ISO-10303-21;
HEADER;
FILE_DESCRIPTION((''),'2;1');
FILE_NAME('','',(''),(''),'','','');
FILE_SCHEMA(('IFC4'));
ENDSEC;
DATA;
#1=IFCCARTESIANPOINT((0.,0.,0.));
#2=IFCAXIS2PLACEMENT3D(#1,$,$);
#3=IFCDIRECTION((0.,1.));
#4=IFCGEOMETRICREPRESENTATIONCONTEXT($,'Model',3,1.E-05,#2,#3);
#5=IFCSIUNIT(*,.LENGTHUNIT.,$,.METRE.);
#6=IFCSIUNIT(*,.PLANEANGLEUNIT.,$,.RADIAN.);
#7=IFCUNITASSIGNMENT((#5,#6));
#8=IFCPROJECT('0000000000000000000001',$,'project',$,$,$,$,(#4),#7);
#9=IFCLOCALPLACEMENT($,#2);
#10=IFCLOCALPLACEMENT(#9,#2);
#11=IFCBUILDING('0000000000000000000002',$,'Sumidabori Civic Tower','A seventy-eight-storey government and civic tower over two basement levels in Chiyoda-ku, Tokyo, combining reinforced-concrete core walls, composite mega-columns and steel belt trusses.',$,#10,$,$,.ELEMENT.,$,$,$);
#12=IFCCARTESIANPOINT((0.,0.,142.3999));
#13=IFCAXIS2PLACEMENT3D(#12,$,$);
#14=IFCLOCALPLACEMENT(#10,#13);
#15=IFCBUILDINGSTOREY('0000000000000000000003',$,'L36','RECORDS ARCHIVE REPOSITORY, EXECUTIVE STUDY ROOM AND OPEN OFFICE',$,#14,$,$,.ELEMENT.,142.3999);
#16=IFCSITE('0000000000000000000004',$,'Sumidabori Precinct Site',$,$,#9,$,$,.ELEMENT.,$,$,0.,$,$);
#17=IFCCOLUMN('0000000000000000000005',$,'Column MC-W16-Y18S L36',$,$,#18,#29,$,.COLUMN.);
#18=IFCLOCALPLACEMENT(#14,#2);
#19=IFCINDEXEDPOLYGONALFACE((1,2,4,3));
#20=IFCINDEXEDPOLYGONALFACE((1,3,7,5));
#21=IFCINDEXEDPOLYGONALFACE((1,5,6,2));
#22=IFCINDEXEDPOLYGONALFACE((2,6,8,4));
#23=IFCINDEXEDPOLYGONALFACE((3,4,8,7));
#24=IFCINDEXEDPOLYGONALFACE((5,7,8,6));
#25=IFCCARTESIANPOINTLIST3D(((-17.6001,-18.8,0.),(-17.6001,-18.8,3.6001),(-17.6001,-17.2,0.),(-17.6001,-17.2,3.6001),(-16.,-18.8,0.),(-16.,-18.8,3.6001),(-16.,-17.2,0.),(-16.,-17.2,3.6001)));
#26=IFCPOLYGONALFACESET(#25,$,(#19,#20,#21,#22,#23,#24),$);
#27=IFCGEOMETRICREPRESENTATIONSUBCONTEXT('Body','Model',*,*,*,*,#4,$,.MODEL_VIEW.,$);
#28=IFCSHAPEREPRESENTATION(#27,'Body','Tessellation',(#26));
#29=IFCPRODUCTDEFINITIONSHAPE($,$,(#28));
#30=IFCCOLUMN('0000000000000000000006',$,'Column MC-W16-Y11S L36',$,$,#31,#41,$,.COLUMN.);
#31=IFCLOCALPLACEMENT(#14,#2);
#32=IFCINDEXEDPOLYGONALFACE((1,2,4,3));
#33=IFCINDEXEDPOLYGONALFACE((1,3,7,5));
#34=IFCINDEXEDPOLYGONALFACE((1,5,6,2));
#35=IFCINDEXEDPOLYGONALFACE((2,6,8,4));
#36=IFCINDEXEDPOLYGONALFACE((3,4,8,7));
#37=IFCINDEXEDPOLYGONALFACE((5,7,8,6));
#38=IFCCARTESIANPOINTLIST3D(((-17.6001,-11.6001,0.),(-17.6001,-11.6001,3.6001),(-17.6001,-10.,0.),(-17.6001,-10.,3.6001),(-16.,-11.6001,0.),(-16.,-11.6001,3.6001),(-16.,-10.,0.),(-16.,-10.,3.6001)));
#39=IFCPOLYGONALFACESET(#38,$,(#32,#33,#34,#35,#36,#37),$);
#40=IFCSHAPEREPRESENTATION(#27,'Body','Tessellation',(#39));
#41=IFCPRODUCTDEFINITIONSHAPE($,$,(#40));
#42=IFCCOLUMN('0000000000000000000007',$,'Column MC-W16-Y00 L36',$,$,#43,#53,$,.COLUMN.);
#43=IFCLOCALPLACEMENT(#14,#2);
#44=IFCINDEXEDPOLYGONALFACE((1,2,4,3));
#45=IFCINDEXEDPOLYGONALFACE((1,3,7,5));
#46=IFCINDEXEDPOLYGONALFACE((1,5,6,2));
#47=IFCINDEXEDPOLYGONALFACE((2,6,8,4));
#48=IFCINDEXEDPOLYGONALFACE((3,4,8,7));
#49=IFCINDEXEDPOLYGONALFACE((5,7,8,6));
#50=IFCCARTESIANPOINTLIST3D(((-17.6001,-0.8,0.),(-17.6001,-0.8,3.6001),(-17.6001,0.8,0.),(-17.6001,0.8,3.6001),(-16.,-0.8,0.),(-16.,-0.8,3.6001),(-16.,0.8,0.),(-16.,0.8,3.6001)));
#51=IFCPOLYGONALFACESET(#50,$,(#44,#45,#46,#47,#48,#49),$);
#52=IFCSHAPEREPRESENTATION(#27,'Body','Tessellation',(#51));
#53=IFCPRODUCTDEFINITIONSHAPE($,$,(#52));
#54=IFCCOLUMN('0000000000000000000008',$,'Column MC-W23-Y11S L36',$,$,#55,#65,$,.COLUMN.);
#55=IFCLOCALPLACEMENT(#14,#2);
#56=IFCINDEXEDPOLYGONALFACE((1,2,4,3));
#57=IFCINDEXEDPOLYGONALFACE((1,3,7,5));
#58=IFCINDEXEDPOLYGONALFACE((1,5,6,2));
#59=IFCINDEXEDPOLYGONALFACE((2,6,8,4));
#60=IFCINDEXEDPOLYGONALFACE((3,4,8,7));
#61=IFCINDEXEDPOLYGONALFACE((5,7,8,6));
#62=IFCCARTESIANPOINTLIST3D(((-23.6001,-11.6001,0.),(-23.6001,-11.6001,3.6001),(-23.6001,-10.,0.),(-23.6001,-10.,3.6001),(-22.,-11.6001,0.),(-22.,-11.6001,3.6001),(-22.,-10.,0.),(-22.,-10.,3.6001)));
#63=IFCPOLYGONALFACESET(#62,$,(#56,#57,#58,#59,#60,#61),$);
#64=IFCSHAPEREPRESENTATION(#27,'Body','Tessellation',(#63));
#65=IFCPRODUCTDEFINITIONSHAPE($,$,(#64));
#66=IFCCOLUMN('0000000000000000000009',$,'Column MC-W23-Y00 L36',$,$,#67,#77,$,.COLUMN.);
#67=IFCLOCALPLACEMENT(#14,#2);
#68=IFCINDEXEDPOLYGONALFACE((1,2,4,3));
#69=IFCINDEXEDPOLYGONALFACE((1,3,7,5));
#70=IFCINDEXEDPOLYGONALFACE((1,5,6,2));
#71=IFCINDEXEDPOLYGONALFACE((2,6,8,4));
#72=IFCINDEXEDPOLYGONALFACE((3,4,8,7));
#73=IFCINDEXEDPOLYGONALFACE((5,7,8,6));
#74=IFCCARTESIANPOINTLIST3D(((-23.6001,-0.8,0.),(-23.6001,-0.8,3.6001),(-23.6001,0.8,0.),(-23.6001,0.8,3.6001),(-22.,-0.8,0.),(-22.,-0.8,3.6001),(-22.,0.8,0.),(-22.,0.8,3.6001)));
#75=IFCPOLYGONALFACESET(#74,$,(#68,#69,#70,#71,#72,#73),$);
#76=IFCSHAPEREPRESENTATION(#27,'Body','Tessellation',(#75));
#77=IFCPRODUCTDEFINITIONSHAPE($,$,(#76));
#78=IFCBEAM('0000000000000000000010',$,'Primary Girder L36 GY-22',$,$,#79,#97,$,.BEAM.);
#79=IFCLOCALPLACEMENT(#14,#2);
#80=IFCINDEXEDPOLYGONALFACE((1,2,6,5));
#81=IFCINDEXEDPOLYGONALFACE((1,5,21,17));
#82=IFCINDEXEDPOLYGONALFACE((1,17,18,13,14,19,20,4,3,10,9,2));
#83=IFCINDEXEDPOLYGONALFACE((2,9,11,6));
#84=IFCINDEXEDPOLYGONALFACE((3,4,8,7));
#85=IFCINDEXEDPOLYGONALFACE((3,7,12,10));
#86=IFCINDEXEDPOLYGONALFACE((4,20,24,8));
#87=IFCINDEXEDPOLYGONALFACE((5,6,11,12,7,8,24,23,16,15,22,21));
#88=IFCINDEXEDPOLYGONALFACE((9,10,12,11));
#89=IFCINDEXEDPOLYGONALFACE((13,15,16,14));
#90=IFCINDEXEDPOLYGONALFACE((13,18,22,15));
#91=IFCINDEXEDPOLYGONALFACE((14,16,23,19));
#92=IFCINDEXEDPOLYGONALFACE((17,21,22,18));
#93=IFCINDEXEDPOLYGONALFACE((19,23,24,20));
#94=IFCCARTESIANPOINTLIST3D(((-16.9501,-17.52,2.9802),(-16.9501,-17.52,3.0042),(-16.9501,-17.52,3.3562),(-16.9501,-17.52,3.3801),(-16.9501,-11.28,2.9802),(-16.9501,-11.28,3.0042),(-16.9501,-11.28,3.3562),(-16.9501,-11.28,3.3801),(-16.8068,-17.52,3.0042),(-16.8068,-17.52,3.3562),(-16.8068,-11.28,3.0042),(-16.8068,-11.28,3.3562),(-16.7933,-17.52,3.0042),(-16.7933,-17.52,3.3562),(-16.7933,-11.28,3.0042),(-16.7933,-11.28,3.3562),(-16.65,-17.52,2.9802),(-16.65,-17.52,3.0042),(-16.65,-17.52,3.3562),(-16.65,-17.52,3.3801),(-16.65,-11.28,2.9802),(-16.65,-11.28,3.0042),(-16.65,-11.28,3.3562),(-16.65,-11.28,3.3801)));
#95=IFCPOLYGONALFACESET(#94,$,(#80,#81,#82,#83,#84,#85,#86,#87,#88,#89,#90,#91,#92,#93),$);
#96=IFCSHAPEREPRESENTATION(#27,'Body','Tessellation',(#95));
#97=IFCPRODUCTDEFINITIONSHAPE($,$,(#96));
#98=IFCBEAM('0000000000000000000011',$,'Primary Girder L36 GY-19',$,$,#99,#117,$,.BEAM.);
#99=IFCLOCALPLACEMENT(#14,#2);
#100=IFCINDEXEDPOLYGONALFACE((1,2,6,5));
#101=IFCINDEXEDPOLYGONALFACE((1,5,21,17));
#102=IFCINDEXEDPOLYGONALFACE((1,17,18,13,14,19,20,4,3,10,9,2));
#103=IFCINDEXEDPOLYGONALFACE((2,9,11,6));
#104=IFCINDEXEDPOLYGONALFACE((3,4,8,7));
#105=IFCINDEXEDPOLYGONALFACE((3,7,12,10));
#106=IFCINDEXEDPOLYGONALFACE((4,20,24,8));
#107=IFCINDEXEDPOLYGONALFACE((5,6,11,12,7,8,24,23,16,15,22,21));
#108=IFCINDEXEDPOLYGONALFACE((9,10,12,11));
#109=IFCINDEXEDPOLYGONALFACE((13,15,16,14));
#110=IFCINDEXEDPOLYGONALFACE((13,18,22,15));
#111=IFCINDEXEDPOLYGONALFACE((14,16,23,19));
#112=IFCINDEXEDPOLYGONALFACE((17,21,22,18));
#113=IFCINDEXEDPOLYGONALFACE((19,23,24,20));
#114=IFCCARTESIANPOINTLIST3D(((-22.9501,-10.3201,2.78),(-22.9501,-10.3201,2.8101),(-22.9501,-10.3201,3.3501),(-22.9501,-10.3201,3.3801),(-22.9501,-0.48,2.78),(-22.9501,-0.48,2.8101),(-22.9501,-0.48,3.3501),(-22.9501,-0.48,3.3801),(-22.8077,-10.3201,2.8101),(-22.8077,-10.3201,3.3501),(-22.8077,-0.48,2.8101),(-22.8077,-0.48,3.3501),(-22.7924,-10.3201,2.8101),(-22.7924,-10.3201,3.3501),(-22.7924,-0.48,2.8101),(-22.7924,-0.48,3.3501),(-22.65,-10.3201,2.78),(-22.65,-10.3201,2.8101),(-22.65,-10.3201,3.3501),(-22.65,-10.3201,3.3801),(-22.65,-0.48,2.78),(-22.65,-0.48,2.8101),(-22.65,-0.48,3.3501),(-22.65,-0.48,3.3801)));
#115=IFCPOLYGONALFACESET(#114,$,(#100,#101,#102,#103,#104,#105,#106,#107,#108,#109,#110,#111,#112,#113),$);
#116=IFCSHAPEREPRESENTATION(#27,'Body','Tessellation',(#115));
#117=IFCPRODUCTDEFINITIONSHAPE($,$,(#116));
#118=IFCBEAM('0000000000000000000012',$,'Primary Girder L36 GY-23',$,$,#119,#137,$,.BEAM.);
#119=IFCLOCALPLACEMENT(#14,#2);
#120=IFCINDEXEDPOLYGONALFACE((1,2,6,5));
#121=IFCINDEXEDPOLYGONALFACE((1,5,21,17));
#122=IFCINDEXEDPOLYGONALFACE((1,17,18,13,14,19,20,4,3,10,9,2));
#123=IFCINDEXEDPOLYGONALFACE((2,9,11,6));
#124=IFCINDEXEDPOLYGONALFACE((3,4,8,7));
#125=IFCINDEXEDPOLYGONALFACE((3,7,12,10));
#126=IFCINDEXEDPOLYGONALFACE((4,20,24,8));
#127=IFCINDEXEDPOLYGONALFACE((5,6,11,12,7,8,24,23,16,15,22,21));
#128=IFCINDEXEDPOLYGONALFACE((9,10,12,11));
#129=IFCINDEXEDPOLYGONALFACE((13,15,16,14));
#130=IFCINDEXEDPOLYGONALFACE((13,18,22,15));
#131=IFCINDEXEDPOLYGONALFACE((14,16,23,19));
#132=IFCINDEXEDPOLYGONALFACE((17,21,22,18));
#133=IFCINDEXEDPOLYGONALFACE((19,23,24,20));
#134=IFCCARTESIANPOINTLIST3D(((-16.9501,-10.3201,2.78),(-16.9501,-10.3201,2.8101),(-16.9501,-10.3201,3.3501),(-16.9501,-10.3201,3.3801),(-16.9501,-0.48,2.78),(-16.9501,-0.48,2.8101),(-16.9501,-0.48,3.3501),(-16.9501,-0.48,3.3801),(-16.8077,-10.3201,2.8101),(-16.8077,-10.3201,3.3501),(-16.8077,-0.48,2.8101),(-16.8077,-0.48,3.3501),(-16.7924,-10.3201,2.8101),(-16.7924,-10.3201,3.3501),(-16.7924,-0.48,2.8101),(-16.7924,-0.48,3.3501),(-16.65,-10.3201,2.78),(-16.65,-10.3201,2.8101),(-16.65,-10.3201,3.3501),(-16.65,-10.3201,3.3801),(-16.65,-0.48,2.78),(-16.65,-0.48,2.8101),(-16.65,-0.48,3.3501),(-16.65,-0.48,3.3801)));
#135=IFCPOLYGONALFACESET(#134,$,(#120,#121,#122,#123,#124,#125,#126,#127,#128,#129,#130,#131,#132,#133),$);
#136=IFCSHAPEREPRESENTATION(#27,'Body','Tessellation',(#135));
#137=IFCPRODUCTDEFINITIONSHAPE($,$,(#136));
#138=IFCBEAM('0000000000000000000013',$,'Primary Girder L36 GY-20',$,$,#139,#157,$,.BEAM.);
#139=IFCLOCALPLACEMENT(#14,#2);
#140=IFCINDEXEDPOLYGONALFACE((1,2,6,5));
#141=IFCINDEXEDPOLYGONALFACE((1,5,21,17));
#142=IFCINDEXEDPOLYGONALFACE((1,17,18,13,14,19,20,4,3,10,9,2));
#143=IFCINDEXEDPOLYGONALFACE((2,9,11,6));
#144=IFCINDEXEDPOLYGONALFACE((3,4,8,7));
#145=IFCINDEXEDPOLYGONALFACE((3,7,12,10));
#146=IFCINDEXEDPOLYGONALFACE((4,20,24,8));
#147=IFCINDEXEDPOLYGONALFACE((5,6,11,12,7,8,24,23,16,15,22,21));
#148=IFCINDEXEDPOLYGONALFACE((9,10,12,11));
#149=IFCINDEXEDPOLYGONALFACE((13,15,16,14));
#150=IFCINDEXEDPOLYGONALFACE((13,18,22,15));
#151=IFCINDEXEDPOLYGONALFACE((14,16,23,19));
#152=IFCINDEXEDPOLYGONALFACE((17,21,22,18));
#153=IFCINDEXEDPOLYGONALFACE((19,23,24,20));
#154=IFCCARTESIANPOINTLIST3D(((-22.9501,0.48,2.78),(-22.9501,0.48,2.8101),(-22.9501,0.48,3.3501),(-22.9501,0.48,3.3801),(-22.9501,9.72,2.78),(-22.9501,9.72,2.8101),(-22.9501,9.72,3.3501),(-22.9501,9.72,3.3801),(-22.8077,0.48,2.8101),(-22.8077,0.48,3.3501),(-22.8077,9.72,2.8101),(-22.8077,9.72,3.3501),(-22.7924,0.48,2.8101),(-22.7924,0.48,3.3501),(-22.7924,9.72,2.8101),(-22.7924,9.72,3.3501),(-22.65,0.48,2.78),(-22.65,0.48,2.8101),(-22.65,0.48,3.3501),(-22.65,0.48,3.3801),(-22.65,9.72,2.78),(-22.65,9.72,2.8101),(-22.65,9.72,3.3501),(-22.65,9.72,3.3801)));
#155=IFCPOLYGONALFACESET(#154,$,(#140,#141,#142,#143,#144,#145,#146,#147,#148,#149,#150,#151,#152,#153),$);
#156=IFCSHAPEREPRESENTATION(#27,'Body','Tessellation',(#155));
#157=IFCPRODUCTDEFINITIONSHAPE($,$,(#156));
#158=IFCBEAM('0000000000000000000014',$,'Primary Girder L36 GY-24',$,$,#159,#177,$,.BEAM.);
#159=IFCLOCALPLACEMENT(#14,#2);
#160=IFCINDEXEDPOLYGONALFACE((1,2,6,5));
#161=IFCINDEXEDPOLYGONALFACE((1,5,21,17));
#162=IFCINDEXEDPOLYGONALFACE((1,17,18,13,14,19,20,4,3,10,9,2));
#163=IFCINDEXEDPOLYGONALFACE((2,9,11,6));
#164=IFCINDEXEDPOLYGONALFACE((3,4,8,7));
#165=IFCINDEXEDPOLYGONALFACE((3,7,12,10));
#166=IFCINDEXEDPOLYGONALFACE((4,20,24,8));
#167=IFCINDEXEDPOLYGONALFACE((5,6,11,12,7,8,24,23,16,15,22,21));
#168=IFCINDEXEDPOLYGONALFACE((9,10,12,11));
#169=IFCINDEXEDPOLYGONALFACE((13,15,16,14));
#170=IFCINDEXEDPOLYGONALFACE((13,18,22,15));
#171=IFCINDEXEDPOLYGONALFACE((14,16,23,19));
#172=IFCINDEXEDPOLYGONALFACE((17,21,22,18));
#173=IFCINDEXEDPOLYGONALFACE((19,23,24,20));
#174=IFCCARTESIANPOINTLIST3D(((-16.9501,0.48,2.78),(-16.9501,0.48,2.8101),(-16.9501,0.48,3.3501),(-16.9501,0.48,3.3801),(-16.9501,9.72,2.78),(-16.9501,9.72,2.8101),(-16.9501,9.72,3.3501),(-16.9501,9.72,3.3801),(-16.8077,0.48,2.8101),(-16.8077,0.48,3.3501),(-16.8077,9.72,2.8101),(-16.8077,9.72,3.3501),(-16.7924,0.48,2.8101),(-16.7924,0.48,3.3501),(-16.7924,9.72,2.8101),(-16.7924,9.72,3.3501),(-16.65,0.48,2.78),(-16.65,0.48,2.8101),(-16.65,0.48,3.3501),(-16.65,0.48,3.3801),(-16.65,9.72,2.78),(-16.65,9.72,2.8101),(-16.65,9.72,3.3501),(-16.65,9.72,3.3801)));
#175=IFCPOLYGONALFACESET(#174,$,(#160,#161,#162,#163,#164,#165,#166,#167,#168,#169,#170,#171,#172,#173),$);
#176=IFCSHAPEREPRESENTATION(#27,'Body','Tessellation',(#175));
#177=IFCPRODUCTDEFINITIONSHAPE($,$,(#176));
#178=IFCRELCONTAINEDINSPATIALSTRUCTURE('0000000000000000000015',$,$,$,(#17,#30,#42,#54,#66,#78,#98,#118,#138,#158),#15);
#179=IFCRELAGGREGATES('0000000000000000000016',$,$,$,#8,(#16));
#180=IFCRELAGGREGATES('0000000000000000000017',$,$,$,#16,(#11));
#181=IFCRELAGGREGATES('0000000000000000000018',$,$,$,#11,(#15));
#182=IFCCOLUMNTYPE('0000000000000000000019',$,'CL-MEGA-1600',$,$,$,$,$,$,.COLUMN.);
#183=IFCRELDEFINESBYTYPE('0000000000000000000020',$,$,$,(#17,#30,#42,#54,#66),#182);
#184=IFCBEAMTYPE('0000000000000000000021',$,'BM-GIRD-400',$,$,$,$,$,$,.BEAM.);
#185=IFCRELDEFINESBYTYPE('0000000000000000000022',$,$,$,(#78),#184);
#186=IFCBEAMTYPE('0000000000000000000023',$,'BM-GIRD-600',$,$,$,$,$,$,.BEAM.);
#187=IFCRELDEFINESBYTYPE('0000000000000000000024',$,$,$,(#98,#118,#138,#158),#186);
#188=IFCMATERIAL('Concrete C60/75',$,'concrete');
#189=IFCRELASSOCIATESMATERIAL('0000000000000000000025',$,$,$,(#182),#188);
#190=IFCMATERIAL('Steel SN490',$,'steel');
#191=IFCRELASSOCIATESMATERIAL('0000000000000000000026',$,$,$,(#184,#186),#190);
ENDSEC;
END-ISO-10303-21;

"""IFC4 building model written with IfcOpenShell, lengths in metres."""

from ifc_helpers import new_model, si_unit, direction, frame, origin, origin_2d, place, context, subcontext, project, spatial, rectangle, i_section, extrude, source, transform, mapped, material, material_profile, profile_set, type_object, element, save


model = new_model("IFC4")

# Units and contexts
model_context = context("Model", 3, precision=1e-05, world=origin(), true_north=direction((0.0, 1.0)))
body_context = subcontext(model_context, "Body", "Model", "MODEL_VIEW")
ifc_project = project(units=[si_unit("LENGTHUNIT", "METRE"), si_unit("PLANEANGLEUNIT", "RADIAN")], contexts=[model_context])

# Site, building, storey
site_placement = place(None, origin())
site = spatial("IfcSite", under=ifc_project, at=site_placement, Name="Sumidabori Precinct Site", CompositionType="ELEMENT", RefElevation=0.0)
building_placement = place(site_placement, origin())
building = spatial("IfcBuilding", under=site, at=building_placement, Name="Sumidabori Civic Tower", Description="A seventy-eight-storey government and civic tower over two basement levels in Chiyoda-ku, Tokyo, combining reinforced-concrete core walls, composite mega-columns and steel belt trusses.", CompositionType="ELEMENT")
storey_placement = place(building_placement, frame((0.0, 0.0, 142.3999)))
storey = spatial("IfcBuildingStorey", under=building, at=storey_placement, Name="L36", Description="RECORDS ARCHIVE REPOSITORY, EXECUTIVE STUDY ROOM AND OPEN OFFICE", CompositionType="ELEMENT", Elevation=142.3999)

# Columns
ifc_material_1 = material(Name="Concrete C60/75", Category="concrete")
ifc_material_profile_1 = material_profile(ifc_material_1, rectangle(XDim=1.6001, YDim=1.6001, at=origin_2d()), Name="RC 1600x1600")
ifc_profile_set_1 = profile_set([ifc_material_profile_1], Name="Concrete C60/75")
column_type = type_object("IfcColumnType", Name="CL-MEGA-1600", PredefinedType="COLUMN", material=ifc_profile_set_1)
shared_shape_1 = source(origin(), body_context, "Body", "SweptSolid", [
    extrude(rectangle(XDim=1.6001, YDim=1.6001, at=origin_2d()), origin(), (0.0, 0.0, 1.0), 3.6001),
])
for number, where, z_axis, x_axis, name in (
    (1, (-16.8, -18.0, 0.0), (0.0, 0.0, 1.0), (1.0, 0.0, 0.0), "Column MC-W16-Y18S L36"),
    (2, (-16.8, -10.8, 0.0), (0.0, 0.0, 1.0), (1.0, 0.0, 0.0), "Column MC-W16-Y11S L36"),
    (3, (-16.8, 0.0, 0.0), (0.0, 0.0, 1.0), (1.0, 0.0, 0.0), "Column MC-W16-Y00 L36"),
    (4, (-22.8, -10.8, 0.0), (0.0, 0.0, 1.0), (1.0, 0.0, 0.0), "Column MC-W23-Y11S L36"),
    (5, (-22.8, 0.0, 0.0), (0.0, 0.0, 1.0), (1.0, 0.0, 0.0), "Column MC-W23-Y00 L36"),
):
    element("IfcColumn", number, at=place(storey_placement, frame(where, z_axis=z_axis, x_axis=x_axis)), inside=storey, type_object=column_type, Name=name, PredefinedType="COLUMN", context=body_context, shape_type="MappedRepresentation", body=[
        mapped(shared_shape_1, transform((0.0, 0.0, 0.0), x_axis=(1.0, 0.0, 0.0), y_axis=(0.0, 1.0, 0.0), z_axis=(0.0, 0.0, 1.0), scale=1.0)),
    ])

# Beams
ifc_material_2 = material(Name="Steel SN490", Category="steel")
ifc_material_profile_2 = material_profile(ifc_material_2, i_section(OverallWidth=0.3, OverallDepth=0.3999, WebThickness=0.0134, FlangeThickness=0.0239, at=origin_2d()), Name="HE 400 B")
ifc_profile_set_2 = profile_set([ifc_material_profile_2], Name="Steel SN490")
beam_type_1 = type_object("IfcBeamType", Name="BM-GIRD-400", PredefinedType="BEAM", material=ifc_profile_set_2)
shared_shape_2 = source(origin(), body_context, "Body", "SweptSolid", [
    extrude(i_section(OverallWidth=0.3, OverallDepth=0.3999, WebThickness=0.0134, FlangeThickness=0.0239, at=origin_2d()), origin(), (0.0, 0.0, 1.0), 6.24),
])
beam_placement = place(storey_placement, frame((-16.8, -17.52, 3.1802), z_axis=(0.0, 1.0, 0.0), x_axis=(-1.0, 0.0, 0.0)))
element("IfcBeam", 6, at=beam_placement, inside=storey, type_object=beam_type_1, Name="Primary Girder L36 GY-22", PredefinedType="BEAM", context=body_context, shape_type="MappedRepresentation", body=[
    mapped(shared_shape_2, transform((0.0, 0.0, 0.0), x_axis=(1.0, 0.0, 0.0), y_axis=(0.0, 1.0, 0.0), z_axis=(0.0, 0.0, 1.0), scale=1.0)),
])
ifc_material_profile_3 = material_profile(ifc_material_2, i_section(OverallWidth=0.3, OverallDepth=0.6001, WebThickness=0.0154, FlangeThickness=0.03, at=origin_2d()), Name="HE 600 B")
ifc_profile_set_3 = profile_set([ifc_material_profile_3], Name="Steel SN490")
beam_type_2 = type_object("IfcBeamType", Name="BM-GIRD-600", PredefinedType="BEAM", material=ifc_profile_set_3)
shared_shape_3 = source(origin(), body_context, "Body", "SweptSolid", [
    extrude(i_section(OverallWidth=0.3, OverallDepth=0.6001, WebThickness=0.0154, FlangeThickness=0.03, at=origin_2d()), origin(), (0.0, 0.0, 1.0), 9.8401),
])
for number, where, z_axis, x_axis, name in (
    (7, (-22.8, -10.3201, 3.0801), (0.0, 1.0, 0.0), (-1.0, 0.0, 0.0), "Primary Girder L36 GY-19"),
    (8, (-16.8, -10.3201, 3.0801), (0.0, 1.0, 0.0), (-1.0, 0.0, 0.0), "Primary Girder L36 GY-23"),
):
    element("IfcBeam", number, at=place(storey_placement, frame(where, z_axis=z_axis, x_axis=x_axis)), inside=storey, type_object=beam_type_2, Name=name, PredefinedType="BEAM", context=body_context, shape_type="MappedRepresentation", body=[
        mapped(shared_shape_3, transform((0.0, 0.0, 0.0), x_axis=(1.0, 0.0, 0.0), y_axis=(0.0, 1.0, 0.0), z_axis=(0.0, 0.0, 1.0), scale=1.0)),
    ])
shared_shape_4 = source(origin(), body_context, "Body", "SweptSolid", [
    extrude(i_section(OverallWidth=0.3, OverallDepth=0.6001, WebThickness=0.0154, FlangeThickness=0.03, at=origin_2d()), origin(), (0.0, 0.0, 1.0), 9.24),
])
for number, where, z_axis, x_axis, name in (
    (9, (-22.8, 0.48, 3.0801), (0.0, 1.0, 0.0), (-1.0, 0.0, 0.0), "Primary Girder L36 GY-20"),
    (10, (-16.8, 0.48, 3.0801), (0.0, 1.0, 0.0), (-1.0, 0.0, 0.0), "Primary Girder L36 GY-24"),
):
    element("IfcBeam", number, at=place(storey_placement, frame(where, z_axis=z_axis, x_axis=x_axis)), inside=storey, type_object=beam_type_2, Name=name, PredefinedType="BEAM", context=body_context, shape_type="MappedRepresentation", body=[
        mapped(shared_shape_4, transform((0.0, 0.0, 0.0), x_axis=(1.0, 0.0, 0.0), y_axis=(0.0, 1.0, 0.0), z_axis=(0.0, 0.0, 1.0), scale=1.0)),
    ])

save(model, "model.ifc")
